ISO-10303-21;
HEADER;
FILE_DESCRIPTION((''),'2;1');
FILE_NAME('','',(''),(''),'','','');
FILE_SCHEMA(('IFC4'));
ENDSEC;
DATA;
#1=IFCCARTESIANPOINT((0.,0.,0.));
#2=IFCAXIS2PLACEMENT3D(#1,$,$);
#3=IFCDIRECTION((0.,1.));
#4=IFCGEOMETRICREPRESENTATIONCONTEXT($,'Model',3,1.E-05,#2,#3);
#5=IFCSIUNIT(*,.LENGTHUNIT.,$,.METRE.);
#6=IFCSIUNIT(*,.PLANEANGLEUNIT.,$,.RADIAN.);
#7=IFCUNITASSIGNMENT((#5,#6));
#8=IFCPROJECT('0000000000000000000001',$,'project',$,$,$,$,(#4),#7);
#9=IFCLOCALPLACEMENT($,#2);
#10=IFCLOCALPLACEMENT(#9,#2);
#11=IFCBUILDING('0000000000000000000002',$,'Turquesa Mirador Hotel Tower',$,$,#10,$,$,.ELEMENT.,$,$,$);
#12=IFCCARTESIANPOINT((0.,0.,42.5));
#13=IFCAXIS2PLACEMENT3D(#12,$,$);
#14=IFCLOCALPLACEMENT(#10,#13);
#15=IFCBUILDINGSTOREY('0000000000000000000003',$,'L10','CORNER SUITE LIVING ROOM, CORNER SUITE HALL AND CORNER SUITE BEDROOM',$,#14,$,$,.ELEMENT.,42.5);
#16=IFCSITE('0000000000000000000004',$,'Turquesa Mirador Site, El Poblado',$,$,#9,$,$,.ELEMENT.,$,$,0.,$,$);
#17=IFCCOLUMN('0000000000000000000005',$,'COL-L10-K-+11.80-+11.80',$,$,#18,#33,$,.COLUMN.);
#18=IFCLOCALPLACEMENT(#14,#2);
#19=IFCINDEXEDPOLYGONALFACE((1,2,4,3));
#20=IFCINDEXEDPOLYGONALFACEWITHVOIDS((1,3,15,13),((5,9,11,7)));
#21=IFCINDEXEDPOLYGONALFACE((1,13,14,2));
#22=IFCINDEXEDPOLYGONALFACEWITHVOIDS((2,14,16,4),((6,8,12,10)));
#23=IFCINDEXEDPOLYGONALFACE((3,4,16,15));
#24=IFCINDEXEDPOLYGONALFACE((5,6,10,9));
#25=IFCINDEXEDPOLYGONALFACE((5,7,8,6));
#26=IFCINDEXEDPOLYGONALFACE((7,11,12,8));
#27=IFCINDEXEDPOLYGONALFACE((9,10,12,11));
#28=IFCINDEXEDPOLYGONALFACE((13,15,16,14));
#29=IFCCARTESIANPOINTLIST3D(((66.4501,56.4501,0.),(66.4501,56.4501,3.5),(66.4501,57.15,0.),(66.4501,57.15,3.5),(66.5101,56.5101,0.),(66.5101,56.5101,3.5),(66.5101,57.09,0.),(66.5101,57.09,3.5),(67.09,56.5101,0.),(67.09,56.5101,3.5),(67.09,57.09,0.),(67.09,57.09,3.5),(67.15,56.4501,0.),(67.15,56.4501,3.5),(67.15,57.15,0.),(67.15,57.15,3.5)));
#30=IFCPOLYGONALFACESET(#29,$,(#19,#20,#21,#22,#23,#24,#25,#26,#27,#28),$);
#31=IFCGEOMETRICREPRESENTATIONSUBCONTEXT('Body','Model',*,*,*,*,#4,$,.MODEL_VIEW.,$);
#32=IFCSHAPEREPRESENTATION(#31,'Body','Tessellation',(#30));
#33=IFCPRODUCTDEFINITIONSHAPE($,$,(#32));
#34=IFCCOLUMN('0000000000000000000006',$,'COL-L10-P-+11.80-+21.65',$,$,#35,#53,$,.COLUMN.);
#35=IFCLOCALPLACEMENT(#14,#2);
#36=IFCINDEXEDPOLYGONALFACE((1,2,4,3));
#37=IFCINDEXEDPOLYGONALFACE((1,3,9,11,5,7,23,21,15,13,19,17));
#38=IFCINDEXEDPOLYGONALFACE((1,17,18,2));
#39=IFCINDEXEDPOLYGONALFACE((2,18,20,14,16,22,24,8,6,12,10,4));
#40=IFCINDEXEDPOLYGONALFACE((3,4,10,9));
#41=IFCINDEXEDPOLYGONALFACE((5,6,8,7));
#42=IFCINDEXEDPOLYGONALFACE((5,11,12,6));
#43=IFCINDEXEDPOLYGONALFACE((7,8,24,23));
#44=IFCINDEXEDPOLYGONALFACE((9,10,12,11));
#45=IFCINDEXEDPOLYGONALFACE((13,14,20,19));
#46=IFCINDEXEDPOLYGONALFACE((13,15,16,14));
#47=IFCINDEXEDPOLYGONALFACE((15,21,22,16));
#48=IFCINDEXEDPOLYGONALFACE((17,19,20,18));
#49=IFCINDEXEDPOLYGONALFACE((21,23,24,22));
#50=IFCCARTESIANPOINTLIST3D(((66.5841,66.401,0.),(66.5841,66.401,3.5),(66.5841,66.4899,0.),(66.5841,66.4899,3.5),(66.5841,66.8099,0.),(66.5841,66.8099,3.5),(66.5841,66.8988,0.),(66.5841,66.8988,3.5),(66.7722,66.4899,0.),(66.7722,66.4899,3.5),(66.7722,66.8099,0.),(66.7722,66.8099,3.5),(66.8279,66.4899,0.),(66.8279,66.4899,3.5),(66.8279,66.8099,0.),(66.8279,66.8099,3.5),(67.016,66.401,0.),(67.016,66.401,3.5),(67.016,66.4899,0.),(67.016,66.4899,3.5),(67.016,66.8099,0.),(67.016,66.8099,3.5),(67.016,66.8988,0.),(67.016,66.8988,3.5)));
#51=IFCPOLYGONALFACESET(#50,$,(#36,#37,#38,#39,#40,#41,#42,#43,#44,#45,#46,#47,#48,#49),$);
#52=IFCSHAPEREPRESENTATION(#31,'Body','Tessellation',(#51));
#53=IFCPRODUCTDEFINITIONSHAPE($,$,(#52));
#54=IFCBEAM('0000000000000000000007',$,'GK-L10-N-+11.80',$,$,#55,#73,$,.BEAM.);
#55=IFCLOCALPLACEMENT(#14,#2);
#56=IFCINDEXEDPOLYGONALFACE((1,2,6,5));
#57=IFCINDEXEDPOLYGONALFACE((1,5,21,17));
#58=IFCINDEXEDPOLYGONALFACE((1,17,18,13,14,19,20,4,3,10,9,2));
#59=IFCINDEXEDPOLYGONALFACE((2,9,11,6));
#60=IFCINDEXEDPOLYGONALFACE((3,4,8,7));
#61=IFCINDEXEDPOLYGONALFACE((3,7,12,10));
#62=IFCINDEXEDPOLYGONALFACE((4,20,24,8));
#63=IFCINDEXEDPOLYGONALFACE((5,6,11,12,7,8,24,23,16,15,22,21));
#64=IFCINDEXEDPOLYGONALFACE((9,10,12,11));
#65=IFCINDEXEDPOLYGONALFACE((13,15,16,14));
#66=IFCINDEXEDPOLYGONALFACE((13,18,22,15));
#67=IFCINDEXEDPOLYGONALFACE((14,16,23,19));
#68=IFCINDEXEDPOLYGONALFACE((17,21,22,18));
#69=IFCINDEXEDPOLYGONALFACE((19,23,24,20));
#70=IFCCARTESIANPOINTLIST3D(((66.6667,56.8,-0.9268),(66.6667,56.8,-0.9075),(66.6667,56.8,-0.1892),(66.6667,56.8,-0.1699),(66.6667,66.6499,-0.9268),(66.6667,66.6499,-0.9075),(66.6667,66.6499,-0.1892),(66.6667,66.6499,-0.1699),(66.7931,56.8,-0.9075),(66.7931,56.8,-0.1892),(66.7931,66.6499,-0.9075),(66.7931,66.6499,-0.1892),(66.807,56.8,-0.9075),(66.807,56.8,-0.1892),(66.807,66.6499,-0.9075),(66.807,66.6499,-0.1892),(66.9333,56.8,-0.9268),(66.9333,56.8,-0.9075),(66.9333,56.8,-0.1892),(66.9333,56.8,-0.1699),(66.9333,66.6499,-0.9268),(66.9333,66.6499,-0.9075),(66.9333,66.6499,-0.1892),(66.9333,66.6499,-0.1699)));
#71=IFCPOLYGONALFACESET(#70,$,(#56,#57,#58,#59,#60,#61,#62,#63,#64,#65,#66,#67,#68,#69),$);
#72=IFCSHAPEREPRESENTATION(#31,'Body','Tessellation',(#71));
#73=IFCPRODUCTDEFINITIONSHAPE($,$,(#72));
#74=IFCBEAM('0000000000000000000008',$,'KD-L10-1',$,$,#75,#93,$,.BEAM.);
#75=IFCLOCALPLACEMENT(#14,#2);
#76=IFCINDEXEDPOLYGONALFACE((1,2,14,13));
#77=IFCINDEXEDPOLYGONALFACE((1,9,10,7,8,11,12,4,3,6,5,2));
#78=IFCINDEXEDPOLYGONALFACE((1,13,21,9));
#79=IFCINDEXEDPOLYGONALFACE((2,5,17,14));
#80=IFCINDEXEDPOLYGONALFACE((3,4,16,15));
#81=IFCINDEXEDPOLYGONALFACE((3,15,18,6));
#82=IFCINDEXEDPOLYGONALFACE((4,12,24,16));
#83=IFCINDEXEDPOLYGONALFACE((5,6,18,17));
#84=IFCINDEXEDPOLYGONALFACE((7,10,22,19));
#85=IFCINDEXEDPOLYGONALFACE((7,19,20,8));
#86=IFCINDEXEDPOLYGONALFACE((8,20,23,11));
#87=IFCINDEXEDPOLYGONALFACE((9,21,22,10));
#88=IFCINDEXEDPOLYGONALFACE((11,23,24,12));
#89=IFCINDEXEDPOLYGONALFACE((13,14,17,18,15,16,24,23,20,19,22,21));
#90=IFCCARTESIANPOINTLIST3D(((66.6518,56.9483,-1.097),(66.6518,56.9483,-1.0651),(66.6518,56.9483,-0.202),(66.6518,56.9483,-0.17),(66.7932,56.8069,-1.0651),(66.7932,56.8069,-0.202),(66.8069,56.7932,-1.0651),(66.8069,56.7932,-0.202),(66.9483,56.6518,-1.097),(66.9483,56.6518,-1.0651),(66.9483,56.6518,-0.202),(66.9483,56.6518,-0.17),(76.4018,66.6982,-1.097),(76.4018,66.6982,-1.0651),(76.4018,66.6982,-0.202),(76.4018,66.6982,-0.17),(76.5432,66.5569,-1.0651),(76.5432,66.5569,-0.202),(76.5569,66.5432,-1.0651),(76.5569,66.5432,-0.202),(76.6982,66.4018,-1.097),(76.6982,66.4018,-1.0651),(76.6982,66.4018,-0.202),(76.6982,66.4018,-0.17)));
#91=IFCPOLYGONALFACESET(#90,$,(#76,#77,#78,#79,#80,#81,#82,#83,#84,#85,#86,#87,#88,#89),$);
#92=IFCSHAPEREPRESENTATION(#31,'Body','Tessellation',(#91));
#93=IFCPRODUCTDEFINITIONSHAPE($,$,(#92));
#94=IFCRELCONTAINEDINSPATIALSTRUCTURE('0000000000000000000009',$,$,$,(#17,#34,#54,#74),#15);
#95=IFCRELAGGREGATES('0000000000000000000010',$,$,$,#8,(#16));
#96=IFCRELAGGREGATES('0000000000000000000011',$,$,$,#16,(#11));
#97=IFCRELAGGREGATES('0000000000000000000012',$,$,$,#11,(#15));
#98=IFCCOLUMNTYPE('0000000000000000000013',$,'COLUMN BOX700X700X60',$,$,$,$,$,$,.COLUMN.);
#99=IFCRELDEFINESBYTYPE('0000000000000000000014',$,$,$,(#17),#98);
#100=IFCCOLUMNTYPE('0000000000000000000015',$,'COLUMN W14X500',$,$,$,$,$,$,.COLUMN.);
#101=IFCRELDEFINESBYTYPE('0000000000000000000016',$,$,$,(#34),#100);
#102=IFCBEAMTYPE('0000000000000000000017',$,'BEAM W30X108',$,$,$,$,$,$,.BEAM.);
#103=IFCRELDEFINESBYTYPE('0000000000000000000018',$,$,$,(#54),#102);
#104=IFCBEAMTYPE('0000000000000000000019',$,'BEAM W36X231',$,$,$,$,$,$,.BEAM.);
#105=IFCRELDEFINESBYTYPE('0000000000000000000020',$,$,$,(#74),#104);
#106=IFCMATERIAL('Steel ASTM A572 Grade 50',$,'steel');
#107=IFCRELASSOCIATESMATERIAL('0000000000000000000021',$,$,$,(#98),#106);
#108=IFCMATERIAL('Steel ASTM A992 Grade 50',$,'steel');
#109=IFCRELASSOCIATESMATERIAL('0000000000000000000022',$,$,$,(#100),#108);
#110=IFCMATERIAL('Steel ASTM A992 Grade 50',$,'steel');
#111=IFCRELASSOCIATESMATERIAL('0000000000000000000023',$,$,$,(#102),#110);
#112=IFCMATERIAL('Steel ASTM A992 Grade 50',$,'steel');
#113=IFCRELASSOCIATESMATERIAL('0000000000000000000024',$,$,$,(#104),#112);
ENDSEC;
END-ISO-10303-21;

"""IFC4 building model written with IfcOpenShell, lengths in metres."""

from ifc_helpers import new_model, si_unit, direction, frame, origin, origin_2d, place, context, subcontext, project, spatial, hollow_rectangle, i_section, extrude, material, material_profile, profile_set, type_object, element, save


model = new_model("IFC4")

# Units and contexts
model_context = context("Model", 3, precision=1e-05, world=origin(), true_north=direction((0.0, 1.0)))
body_context = subcontext(model_context, "Body", "Model", "MODEL_VIEW")
ifc_project = project(units=[si_unit("LENGTHUNIT", "METRE"), si_unit("PLANEANGLEUNIT", "RADIAN")], contexts=[model_context])

# Site, building, storey
site_placement = place(None, origin())
site = spatial("IfcSite", under=ifc_project, at=site_placement, Name="Turquesa Mirador Site, El Poblado", CompositionType="ELEMENT", RefElevation=0.0)
building_placement = place(site_placement, origin())
building = spatial("IfcBuilding", under=site, at=building_placement, Name="Turquesa Mirador Hotel Tower", CompositionType="ELEMENT")
storey_placement = place(building_placement, frame((0.0, 0.0, 42.5)))
storey = spatial("IfcBuildingStorey", under=building, at=storey_placement, Name="L10", Description="CORNER SUITE LIVING ROOM, CORNER SUITE HALL AND CORNER SUITE BEDROOM", CompositionType="ELEMENT", Elevation=42.5)

# Columns
ifc_material_1 = material(Name="Steel ASTM A572 Grade 50", Category="steel")
ifc_material_profile_1 = material_profile(ifc_material_1, hollow_rectangle(XDim=0.7, YDim=0.7, WallThickness=0.0601, at=origin_2d()), Name="BOX700X700X60")
ifc_profile_set_1 = profile_set([ifc_material_profile_1], Name="Steel ASTM A572 Grade 50")
column_type_1 = type_object("IfcColumnType", Name="COLUMN BOX700X700X60", PredefinedType="COLUMN", material=ifc_profile_set_1)
column_1_placement = place(storey_placement, frame((66.8, 56.8, 0.0), z_axis=(0.0, 0.0, 1.0), x_axis=(1.0, 0.0, 0.0)))
element("IfcColumn", 1, at=column_1_placement, inside=storey, type_object=column_type_1, Name="COL-L10-K-+11.80-+11.80", PredefinedType="COLUMN", context=body_context, shape_type="SweptSolid", body=[
    extrude(hollow_rectangle(XDim=0.7, YDim=0.7, WallThickness=0.0601, at=origin_2d()), origin(), (0.0, 0.0, 1.0), 3.5),
])
ifc_material_2 = material(Name="Steel ASTM A992 Grade 50", Category="steel")
ifc_material_profile_2 = material_profile(ifc_material_2, i_section(OverallWidth=0.4319, OverallDepth=0.4978, WebThickness=0.0557, FlangeThickness=0.0889, at=origin_2d()), Name="W14X500")
ifc_profile_set_2 = profile_set([ifc_material_profile_2], Name="Steel ASTM A992 Grade 50")
column_type_2 = type_object("IfcColumnType", Name="COLUMN W14X500", PredefinedType="COLUMN", material=ifc_profile_set_2)
column_2_placement = place(storey_placement, frame((66.8, 66.6499, 0.0), z_axis=(0.0, 0.0, 1.0), x_axis=(1.0, 0.0, 0.0)))
element("IfcColumn", 2, at=column_2_placement, inside=storey, type_object=column_type_2, Name="COL-L10-P-+11.80-+21.65", PredefinedType="COLUMN", context=body_context, shape_type="SweptSolid", body=[
    extrude(i_section(OverallWidth=0.4319, OverallDepth=0.4978, WebThickness=0.0557, FlangeThickness=0.0889, at=origin_2d()), origin(), (0.0, 0.0, 1.0), 3.5),
])

# Beams
ifc_material_3 = material(Name="Steel ASTM A992 Grade 50", Category="steel")
ifc_material_profile_3 = material_profile(ifc_material_3, i_section(OverallWidth=0.2666, OverallDepth=0.7568, WebThickness=0.0139, FlangeThickness=0.0193, at=origin_2d()), Name="W30X108")
ifc_profile_set_3 = profile_set([ifc_material_profile_3], Name="Steel ASTM A992 Grade 50")
beam_type_1 = type_object("IfcBeamType", Name="BEAM W30X108", PredefinedType="BEAM", material=ifc_profile_set_3)
beam_1_placement = place(storey_placement, frame((66.8, 66.6499, -0.5483), z_axis=(0.0, -1.0, 0.0), x_axis=(1.0, 0.0, 0.0)))
element("IfcBeam", 3, at=beam_1_placement, inside=storey, type_object=beam_type_1, Name="GK-L10-N-+11.80", PredefinedType="BEAM", context=body_context, shape_type="SweptSolid", body=[
    extrude(i_section(OverallWidth=0.2666, OverallDepth=0.7568, WebThickness=0.0139, FlangeThickness=0.0193, at=origin_2d()), origin(), (0.0, 0.0, 1.0), 9.8499),
])
ifc_material_4 = material(Name="Steel ASTM A992 Grade 50", Category="steel")
ifc_material_profile_4 = material_profile(ifc_material_4, i_section(OverallWidth=0.4192, OverallDepth=0.927, WebThickness=0.0193, FlangeThickness=0.032, at=origin_2d()), Name="W36X231")
ifc_profile_set_4 = profile_set([ifc_material_profile_4], Name="Steel ASTM A992 Grade 50")
beam_type_2 = type_object("IfcBeamType", Name="BEAM W36X231", PredefinedType="BEAM", material=ifc_profile_set_4)
beam_2_placement = place(storey_placement, frame((66.8, 56.8, -0.6335), z_axis=(0.707107, 0.707107, 0.0), x_axis=(-0.707107, 0.707107, 0.0)))
element("IfcBeam", 4, at=beam_2_placement, inside=storey, type_object=beam_type_2, Name="KD-L10-1", PredefinedType="BEAM", context=body_context, shape_type="SweptSolid", body=[
    extrude(i_section(OverallWidth=0.4192, OverallDepth=0.927, WebThickness=0.0193, FlangeThickness=0.032, at=origin_2d()), origin(), (0.0, 0.0, 1.0), 13.7886),
])

save(model, "model.ifc")
